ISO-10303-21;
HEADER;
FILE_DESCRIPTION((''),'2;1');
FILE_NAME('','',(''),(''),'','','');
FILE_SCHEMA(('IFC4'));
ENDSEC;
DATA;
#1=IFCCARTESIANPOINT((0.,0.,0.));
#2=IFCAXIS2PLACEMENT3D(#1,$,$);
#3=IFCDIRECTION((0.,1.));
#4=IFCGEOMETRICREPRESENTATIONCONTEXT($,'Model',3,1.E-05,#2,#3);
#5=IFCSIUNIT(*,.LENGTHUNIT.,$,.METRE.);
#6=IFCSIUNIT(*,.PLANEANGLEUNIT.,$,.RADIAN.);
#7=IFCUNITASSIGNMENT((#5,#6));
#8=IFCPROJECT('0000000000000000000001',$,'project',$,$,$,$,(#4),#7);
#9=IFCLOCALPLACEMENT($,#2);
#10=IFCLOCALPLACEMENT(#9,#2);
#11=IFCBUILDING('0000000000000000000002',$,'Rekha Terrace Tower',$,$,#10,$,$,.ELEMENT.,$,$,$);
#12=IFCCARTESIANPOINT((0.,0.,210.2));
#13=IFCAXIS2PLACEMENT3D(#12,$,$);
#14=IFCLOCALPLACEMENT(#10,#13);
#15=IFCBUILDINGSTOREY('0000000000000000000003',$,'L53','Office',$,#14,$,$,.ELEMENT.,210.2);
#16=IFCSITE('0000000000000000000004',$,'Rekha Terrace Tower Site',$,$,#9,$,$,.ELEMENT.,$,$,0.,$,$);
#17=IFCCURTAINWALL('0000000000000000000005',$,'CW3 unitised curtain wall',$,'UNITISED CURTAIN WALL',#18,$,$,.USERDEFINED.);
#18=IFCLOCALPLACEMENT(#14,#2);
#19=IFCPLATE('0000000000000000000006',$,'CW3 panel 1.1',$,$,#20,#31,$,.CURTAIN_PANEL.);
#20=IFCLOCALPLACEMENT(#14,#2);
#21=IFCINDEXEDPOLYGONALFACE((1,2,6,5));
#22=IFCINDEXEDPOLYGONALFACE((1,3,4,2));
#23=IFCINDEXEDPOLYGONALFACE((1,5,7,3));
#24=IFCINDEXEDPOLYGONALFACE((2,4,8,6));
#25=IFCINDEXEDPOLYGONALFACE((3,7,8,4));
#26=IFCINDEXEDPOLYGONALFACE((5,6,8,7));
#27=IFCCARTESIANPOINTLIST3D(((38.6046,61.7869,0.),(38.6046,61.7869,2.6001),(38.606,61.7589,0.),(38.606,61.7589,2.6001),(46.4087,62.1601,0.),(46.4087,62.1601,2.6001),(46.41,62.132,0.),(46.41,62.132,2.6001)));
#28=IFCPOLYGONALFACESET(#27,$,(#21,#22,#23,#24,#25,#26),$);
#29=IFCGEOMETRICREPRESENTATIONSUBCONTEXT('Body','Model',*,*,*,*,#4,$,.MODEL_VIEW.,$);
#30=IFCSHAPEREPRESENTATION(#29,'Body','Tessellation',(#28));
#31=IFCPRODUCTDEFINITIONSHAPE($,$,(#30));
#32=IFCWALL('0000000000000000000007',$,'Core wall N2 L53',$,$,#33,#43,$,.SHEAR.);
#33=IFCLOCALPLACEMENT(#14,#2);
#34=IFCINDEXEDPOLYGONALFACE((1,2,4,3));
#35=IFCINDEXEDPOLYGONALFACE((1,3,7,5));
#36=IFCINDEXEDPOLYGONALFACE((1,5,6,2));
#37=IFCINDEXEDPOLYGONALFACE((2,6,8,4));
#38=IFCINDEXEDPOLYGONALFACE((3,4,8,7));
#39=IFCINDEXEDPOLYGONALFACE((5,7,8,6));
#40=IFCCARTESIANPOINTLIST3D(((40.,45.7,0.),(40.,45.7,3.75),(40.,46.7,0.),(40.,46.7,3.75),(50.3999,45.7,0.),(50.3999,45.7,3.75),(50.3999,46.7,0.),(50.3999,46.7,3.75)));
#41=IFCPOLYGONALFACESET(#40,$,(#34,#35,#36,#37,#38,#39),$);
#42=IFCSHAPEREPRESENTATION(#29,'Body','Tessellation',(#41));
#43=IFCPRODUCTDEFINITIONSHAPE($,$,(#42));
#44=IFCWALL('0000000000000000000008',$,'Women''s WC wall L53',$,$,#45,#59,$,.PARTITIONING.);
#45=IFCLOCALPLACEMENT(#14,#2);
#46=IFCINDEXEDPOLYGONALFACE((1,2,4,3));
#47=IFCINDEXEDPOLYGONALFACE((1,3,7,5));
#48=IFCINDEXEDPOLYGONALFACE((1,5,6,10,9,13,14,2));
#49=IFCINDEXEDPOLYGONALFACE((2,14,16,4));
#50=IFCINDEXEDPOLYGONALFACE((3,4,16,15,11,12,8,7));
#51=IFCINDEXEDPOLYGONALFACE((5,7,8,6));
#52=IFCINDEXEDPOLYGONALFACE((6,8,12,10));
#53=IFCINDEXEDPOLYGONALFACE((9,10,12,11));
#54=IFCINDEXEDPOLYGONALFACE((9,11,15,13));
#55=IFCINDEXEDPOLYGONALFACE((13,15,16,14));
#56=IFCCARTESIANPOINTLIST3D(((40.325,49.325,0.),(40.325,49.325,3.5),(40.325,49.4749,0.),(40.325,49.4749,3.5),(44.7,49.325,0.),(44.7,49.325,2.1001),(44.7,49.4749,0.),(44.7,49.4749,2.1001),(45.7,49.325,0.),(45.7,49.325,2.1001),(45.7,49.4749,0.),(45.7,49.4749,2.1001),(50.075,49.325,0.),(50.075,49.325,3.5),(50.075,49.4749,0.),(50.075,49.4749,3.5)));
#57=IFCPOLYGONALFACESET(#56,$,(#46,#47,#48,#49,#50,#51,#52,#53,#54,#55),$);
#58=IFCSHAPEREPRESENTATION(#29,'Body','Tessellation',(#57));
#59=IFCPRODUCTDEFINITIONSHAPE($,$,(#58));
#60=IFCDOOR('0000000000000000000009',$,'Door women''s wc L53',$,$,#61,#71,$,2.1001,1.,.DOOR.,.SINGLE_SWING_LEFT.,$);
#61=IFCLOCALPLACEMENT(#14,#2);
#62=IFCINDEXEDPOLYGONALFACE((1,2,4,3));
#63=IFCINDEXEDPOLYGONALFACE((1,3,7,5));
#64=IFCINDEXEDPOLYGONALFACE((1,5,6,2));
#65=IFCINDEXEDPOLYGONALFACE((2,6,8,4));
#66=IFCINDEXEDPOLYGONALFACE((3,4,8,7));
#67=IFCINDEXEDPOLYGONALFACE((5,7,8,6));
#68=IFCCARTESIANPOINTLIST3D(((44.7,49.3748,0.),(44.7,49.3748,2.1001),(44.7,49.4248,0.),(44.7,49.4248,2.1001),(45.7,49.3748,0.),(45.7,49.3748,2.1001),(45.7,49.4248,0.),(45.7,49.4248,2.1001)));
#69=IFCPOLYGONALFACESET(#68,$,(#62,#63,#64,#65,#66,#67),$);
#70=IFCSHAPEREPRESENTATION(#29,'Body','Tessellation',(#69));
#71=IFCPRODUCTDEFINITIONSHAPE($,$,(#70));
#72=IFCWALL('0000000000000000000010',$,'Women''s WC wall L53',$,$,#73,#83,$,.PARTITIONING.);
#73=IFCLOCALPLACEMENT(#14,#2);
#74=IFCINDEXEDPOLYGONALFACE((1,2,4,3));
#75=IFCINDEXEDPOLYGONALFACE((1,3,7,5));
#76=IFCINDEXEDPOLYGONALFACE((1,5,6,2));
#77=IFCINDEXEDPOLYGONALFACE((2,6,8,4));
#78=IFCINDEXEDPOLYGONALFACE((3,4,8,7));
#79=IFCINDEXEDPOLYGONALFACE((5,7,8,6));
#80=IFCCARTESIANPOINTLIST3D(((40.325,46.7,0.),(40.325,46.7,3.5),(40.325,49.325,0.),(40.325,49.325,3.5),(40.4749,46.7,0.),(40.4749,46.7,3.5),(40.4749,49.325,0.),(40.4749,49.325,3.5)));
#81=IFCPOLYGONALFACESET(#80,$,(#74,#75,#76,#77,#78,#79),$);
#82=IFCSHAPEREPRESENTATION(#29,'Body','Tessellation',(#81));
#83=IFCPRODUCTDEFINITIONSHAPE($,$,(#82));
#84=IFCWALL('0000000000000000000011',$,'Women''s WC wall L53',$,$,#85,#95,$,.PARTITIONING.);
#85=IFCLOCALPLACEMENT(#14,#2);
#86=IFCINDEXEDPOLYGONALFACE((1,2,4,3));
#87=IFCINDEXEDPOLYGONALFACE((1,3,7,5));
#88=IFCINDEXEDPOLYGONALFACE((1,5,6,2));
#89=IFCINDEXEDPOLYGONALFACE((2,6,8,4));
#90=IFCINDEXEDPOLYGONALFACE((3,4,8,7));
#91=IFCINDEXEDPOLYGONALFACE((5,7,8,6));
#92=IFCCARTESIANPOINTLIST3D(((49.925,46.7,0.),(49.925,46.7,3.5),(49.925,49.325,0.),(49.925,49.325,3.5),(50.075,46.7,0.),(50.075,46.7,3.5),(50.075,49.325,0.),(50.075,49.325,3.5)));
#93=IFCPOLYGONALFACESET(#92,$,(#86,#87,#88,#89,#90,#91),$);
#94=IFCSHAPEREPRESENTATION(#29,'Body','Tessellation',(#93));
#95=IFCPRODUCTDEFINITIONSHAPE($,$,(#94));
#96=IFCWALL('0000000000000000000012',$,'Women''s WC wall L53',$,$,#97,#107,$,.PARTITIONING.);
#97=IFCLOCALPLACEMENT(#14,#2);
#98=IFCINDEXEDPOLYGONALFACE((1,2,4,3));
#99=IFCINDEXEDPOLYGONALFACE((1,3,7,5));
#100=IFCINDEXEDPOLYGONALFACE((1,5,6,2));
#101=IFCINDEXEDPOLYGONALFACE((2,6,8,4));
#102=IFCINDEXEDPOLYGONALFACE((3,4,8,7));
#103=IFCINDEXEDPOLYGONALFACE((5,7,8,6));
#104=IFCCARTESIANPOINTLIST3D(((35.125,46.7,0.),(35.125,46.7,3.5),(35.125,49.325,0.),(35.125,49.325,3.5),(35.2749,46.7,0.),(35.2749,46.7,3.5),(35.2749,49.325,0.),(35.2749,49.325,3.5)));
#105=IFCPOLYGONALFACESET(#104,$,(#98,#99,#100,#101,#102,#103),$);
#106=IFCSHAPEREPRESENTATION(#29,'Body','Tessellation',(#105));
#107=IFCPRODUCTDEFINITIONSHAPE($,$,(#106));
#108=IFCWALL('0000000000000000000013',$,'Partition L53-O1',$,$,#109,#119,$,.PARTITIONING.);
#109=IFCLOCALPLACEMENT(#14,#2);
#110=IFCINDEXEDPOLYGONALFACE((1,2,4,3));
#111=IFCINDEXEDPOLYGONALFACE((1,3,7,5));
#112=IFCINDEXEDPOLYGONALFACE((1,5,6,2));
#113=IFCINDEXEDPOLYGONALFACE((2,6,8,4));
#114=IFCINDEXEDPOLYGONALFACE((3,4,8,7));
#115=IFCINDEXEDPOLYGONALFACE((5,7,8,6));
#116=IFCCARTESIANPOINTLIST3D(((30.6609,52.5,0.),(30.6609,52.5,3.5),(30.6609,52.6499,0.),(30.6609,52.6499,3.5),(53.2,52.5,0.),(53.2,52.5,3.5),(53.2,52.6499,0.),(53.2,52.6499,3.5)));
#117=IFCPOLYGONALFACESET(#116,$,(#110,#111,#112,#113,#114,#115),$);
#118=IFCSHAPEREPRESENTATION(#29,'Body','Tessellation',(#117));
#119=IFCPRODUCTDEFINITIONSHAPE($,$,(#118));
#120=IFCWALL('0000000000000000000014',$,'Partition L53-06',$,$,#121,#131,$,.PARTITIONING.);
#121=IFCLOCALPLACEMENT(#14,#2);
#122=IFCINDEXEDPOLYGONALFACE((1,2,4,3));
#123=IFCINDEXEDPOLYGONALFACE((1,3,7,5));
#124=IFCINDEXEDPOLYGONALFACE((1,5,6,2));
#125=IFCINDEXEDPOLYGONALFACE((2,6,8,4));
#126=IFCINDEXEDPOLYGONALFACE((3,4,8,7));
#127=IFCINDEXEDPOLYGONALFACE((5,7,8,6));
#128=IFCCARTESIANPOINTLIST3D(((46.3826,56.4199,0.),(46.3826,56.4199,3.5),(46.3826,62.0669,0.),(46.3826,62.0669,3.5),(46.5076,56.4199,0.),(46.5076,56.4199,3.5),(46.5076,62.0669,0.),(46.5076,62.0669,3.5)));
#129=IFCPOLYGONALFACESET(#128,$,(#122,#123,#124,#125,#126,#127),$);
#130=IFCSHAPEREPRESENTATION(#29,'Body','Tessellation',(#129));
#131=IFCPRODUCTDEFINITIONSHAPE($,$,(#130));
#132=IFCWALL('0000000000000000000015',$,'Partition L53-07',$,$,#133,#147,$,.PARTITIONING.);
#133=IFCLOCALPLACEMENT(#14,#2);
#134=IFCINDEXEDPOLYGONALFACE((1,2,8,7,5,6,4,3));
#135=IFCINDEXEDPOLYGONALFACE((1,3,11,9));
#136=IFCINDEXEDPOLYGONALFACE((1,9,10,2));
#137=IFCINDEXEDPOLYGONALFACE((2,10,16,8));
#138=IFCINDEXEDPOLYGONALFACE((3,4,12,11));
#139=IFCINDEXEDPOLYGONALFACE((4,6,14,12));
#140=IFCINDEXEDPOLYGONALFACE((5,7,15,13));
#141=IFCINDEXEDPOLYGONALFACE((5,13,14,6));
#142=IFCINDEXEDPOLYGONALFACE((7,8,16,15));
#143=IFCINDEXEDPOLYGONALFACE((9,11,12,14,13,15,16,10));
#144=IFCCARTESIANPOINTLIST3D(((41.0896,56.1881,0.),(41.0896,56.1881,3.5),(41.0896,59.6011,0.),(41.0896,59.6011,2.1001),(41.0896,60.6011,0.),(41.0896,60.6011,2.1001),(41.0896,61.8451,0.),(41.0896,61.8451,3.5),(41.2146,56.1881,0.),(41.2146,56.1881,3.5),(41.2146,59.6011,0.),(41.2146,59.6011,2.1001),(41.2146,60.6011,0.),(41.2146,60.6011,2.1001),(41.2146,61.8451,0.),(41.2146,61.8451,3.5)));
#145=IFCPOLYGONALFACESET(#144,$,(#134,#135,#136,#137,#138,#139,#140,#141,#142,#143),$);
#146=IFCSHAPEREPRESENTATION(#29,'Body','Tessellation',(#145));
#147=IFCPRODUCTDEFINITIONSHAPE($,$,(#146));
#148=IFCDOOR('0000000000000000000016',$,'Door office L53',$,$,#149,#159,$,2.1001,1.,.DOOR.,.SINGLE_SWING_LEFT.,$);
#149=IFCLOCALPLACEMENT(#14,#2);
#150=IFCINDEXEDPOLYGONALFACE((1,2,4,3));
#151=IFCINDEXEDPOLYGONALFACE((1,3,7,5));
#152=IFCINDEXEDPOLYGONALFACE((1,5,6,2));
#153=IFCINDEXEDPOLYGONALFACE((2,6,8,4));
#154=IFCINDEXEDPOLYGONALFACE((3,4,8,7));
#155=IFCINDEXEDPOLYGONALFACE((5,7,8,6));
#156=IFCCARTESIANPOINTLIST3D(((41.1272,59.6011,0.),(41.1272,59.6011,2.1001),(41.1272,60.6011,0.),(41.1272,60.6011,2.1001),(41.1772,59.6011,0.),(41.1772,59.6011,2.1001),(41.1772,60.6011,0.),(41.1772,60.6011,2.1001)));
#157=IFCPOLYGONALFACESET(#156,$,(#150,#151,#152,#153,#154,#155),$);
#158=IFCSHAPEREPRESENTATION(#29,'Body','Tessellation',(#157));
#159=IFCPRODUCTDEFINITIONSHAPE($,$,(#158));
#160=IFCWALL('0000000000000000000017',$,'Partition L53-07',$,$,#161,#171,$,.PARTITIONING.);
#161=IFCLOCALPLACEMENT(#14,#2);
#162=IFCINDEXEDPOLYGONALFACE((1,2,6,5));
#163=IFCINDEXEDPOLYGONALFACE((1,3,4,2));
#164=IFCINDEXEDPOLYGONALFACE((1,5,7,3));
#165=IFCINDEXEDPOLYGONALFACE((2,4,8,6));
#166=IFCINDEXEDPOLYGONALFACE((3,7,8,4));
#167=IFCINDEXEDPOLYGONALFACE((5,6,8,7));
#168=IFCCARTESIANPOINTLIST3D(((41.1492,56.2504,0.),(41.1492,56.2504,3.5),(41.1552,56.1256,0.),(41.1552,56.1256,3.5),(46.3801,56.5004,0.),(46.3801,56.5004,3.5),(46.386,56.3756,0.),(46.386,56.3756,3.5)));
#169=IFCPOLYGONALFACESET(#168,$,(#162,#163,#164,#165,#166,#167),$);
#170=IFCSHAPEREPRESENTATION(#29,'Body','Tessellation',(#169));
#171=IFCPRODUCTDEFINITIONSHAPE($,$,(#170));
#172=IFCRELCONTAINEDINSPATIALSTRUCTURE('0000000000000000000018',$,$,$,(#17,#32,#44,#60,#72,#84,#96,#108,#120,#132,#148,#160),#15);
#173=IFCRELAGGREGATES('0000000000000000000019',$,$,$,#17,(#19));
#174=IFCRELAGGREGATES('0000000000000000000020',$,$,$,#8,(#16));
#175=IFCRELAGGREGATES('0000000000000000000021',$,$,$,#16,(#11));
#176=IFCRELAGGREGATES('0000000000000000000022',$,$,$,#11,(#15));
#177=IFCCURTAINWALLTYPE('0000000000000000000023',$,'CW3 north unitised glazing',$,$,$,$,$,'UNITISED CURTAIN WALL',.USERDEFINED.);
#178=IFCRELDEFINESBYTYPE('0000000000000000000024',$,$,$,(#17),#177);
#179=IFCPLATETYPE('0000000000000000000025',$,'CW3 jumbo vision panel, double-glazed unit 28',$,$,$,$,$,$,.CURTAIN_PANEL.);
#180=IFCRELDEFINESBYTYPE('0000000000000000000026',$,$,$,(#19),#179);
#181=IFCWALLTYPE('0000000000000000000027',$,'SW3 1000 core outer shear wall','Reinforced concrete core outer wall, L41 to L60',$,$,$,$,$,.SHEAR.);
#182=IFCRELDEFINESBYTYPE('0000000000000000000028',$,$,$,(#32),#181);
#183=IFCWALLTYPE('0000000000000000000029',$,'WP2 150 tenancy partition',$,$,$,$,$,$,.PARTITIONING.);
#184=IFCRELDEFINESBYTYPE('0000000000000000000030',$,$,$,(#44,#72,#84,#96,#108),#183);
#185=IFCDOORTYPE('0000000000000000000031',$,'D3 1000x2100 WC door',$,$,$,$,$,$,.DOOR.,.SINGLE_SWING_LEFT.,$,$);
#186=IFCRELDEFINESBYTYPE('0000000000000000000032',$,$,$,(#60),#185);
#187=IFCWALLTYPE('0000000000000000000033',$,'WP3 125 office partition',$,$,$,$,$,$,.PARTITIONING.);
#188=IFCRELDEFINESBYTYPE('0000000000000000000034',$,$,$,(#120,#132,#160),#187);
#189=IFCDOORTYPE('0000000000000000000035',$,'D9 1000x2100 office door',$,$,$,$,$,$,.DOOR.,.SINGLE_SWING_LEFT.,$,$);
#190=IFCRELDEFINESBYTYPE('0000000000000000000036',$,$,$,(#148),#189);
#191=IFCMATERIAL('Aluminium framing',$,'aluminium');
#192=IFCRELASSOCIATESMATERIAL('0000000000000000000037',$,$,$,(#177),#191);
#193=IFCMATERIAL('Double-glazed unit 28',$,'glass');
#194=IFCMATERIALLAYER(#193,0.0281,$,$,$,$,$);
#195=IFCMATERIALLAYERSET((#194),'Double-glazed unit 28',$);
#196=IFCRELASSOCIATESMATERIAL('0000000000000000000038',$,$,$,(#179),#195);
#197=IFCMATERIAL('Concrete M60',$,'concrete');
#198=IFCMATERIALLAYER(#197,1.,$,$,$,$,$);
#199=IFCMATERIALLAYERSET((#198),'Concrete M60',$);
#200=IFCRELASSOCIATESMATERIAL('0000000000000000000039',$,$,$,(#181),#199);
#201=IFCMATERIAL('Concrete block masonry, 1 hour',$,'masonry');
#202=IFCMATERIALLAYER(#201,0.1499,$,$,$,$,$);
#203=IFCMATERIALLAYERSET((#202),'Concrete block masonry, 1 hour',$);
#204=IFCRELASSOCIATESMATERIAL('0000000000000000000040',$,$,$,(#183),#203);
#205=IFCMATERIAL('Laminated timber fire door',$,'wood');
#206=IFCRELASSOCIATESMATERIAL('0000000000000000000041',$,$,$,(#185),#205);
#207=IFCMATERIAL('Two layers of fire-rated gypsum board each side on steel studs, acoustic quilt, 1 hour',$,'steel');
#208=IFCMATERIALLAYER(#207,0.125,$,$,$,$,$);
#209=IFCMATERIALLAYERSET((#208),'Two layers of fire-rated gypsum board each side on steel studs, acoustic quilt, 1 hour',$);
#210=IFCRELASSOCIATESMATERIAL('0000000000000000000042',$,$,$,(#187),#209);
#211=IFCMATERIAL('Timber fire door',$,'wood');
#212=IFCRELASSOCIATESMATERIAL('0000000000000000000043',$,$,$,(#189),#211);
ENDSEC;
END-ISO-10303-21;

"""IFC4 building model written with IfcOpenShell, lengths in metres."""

from ifc_helpers import new_model, si_unit, direction, frame, frame_2d, origin, origin_2d, place, context, subcontext, project, spatial, rectangle, extrude, material, layer, layer_set, type_object, element, fill, aggregate, save


model = new_model("IFC4")

# Units and contexts
model_context = context("Model", 3, precision=1e-05, world=origin(), true_north=direction((0.0, 1.0)))
body_context = subcontext(model_context, "Body", "Model", "MODEL_VIEW")
ifc_project = project(units=[si_unit("LENGTHUNIT", "METRE"), si_unit("PLANEANGLEUNIT", "RADIAN")], contexts=[model_context])

# Site, building, storey
site_placement = place(None, origin())
site = spatial("IfcSite", under=ifc_project, at=site_placement, Name="Rekha Terrace Tower Site", CompositionType="ELEMENT", RefElevation=0.0)
building_placement = place(site_placement, origin())
building = spatial("IfcBuilding", under=site, at=building_placement, Name="Rekha Terrace Tower", CompositionType="ELEMENT")
storey_placement = place(building_placement, frame((0.0, 0.0, 210.2)))
storey = spatial("IfcBuildingStorey", under=building, at=storey_placement, Name="L53", Description="Office", CompositionType="ELEMENT", Elevation=210.2)

# Curtain wall
ifc_material_1 = material(Name="Aluminium framing", Category="aluminium")
curtain_wall_type = type_object("IfcCurtainWallType", Name="CW3 north unitised glazing", ElementType="UNITISED CURTAIN WALL", PredefinedType="USERDEFINED", material=ifc_material_1)
curtain_wall_1_placement = place(storey_placement, origin())
curtain_wall_1 = element("IfcCurtainWall", 1, at=curtain_wall_1_placement, inside=storey, type_object=curtain_wall_type, Name="CW3 unitised curtain wall", ObjectType="UNITISED CURTAIN WALL", PredefinedType="USERDEFINED")

# Shared definitions
ifc_material_2 = material(Name="Concrete M60", Category="concrete")

# Plate
ifc_material_3 = material(Name="Double-glazed unit 28", Category="glass")
ifc_layer_1 = layer(ifc_material_3, 0.0281)
ifc_layer_set_1 = layer_set([ifc_layer_1], Name="Double-glazed unit 28")
plate_type = type_object("IfcPlateType", Name="CW3 jumbo vision panel, double-glazed unit 28", PredefinedType="CURTAIN_PANEL", material=ifc_layer_set_1)
plate_1_placement = place(storey_placement, frame((42.5073, 61.9595, 0.0), z_axis=(0.0, 0.0, 1.0), x_axis=(-0.998859, -0.047759, 0.0)))
plate_1 = element("IfcPlate", 2, at=plate_1_placement, type_object=plate_type, Name="CW3 panel 1.1", PredefinedType="CURTAIN_PANEL", context=body_context, shape_type="SweptSolid", body=[
    extrude(rectangle(XDim=7.813, YDim=0.0281, at=origin_2d()), origin(), (0.0, 0.0, 1.0), 2.6001),
])
aggregate(curtain_wall_1, [plate_1])

# Wall
ifc_layer_2 = layer(ifc_material_2, 1.0)
ifc_layer_set_2 = layer_set([ifc_layer_2], Name="Concrete M60")
wall_type_1 = type_object("IfcWallType", Name="SW3 1000 core outer shear wall", Description="Reinforced concrete core outer wall, L41 to L60", PredefinedType="SHEAR", material=ifc_layer_set_2)
wall_1_placement = place(storey_placement, frame((40.0, 46.2, 0.0), z_axis=(0.0, 0.0, 1.0), x_axis=(1.0, 0.0, 0.0)))
element("IfcWall", 3, at=wall_1_placement, inside=storey, type_object=wall_type_1, Name="Core wall N2 L53", PredefinedType="SHEAR", context=body_context, shape_type="SweptSolid", body=[
    extrude(rectangle(XDim=10.3999, YDim=1.0, at=frame_2d((5.2, 0.0))), origin(), (0.0, 0.0, 1.0), 3.75),
])

# Wall, opening, door
ifc_material_4 = material(Name="Concrete block masonry, 1 hour", Category="masonry")
ifc_layer_3 = layer(ifc_material_4, 0.1499)
ifc_layer_set_3 = layer_set([ifc_layer_3], Name="Concrete block masonry, 1 hour")
wall_type_2 = type_object("IfcWallType", Name="WP2 150 tenancy partition", PredefinedType="PARTITIONING", material=ifc_layer_set_3)
wall_2_placement = place(storey_placement, frame((40.325, 49.3999, 0.0), z_axis=(0.0, 0.0, 1.0), x_axis=(1.0, 0.0, 0.0)))
wall_2 = element("IfcWall", 4, at=wall_2_placement, inside=storey, type_object=wall_type_2, Name="Women's WC wall L53", PredefinedType="PARTITIONING", context=body_context, shape_type="SweptSolid", body=[
    extrude(rectangle(XDim=9.75, YDim=0.1499, at=frame_2d((4.875, 0.0))), origin(), (0.0, 0.0, 1.0), 3.5),
])
opening_1_placement = place(wall_2_placement, frame((4.375, 0.0, 0.0)))
opening_1 = element("IfcOpeningElement", 5, at=opening_1_placement, cuts=wall_2, PredefinedType="OPENING", context=body_context, shape_type="SweptSolid", body=[
    extrude(rectangle(XDim=1.0, YDim=2.1001, at=frame_2d((0.5, 1.05))), frame((0.0, 0.085, 0.0), z_axis=(0.0, -1.0, 0.0), x_axis=(1.0, 0.0, 0.0)), (0.0, 0.0, 1.0), 0.1699),
])
ifc_material_5 = material(Name="Laminated timber fire door", Category="wood")
door_type_1 = type_object("IfcDoorType", Name="D3 1000x2100 WC door", OperationType="SINGLE_SWING_LEFT", PredefinedType="DOOR", material=ifc_material_5)
door_1_placement = place(opening_1_placement, origin())
door_1 = element("IfcDoor", 6, at=door_1_placement, inside=storey, type_object=door_type_1, Name="Door women's wc L53", OperationType="SINGLE_SWING_LEFT", OverallHeight=2.1001, OverallWidth=1.0, PredefinedType="DOOR", context=body_context, shape_type="SweptSolid", body=[
    extrude(rectangle(XDim=1.0, YDim=2.1001, at=frame_2d((0.5, 1.05))), frame((0.0, 0.0249, 0.0), z_axis=(0.0, -1.0, 0.0), x_axis=(1.0, 0.0, 0.0)), (0.0, 0.0, 1.0), 0.05),
])
fill(opening_1, door_1)

# Walls
for number, where, z_axis, x_axis, name in (
    (7, (40.3999, 46.7, 0.0), (0.0, 0.0, 1.0), (0.0, 1.0, 0.0), "Women's WC wall L53"),
    (8, (50.0, 46.7, 0.0), (0.0, 0.0, 1.0), (0.0, 1.0, 0.0), "Women's WC wall L53"),
    (9, (35.2, 46.7, 0.0), (0.0, 0.0, 1.0), (0.0, 1.0, 0.0), "Women's WC wall L53"),
):
    element("IfcWall", number, at=place(storey_placement, frame(where, z_axis=z_axis, x_axis=x_axis)), inside=storey, type_object=wall_type_2, Name=name, PredefinedType="PARTITIONING", context=body_context, shape_type="SweptSolid", body=[
        extrude(rectangle(XDim=2.625, YDim=0.1499, at=frame_2d((1.3125, 0.0))), origin(), (0.0, 0.0, 1.0), 3.5),
    ])
wall_3_placement = place(storey_placement, frame((53.2, 52.575, 0.0), z_axis=(0.0, 0.0, 1.0), x_axis=(-1.0, 0.0, 0.0)))
element("IfcWall", 10, at=wall_3_placement, inside=storey, type_object=wall_type_2, Name="Partition L53-O1", PredefinedType="PARTITIONING", context=body_context, shape_type="SweptSolid", body=[
    extrude(rectangle(XDim=22.5391, YDim=0.1499, at=frame_2d((11.2695, 0.0))), origin(), (0.0, 0.0, 1.0), 3.5),
])
ifc_material_6 = material(Name="Two layers of fire-rated gypsum board each side on steel studs, acoustic quilt, 1 hour", Category="steel")
ifc_layer_4 = layer(ifc_material_6, 0.125)
ifc_layer_set_4 = layer_set([ifc_layer_4], Name="Two layers of fire-rated gypsum board each side on steel studs, acoustic quilt, 1 hour")
wall_type_3 = type_object("IfcWallType", Name="WP3 125 office partition", PredefinedType="PARTITIONING", material=ifc_layer_set_4)
wall_4_placement = place(storey_placement, frame((46.4451, 56.4199, 0.0), z_axis=(0.0, 0.0, 1.0), x_axis=(0.0, 1.0, 0.0)))
element("IfcWall", 11, at=wall_4_placement, inside=storey, type_object=wall_type_3, Name="Partition L53-06", PredefinedType="PARTITIONING", context=body_context, shape_type="SweptSolid", body=[
    extrude(rectangle(XDim=5.647, YDim=0.125, at=frame_2d((2.8235, 0.0))), origin(), (0.0, 0.0, 1.0), 3.5),
])

# Wall, opening, door
wall_5_placement = place(storey_placement, frame((41.1521, 56.188, 0.0), z_axis=(0.0, 0.0, 1.0), x_axis=(0.0, 1.0, 0.0)))
wall_5 = element("IfcWall", 12, at=wall_5_placement, inside=storey, type_object=wall_type_3, Name="Partition L53-07", PredefinedType="PARTITIONING", context=body_context, shape_type="SweptSolid", body=[
    extrude(rectangle(XDim=5.657, YDim=0.125, at=frame_2d((2.8286, 0.0))), origin(), (0.0, 0.0, 1.0), 3.5),
])
opening_2_placement = place(wall_5_placement, frame((3.4131, 0.0, 0.0)))
opening_2 = element("IfcOpeningElement", 13, at=opening_2_placement, cuts=wall_5, PredefinedType="OPENING", context=body_context, shape_type="SweptSolid", body=[
    extrude(rectangle(XDim=1.0, YDim=2.1001, at=frame_2d((0.5, 1.05))), frame((0.0, 0.0725, 0.0), z_axis=(0.0, -1.0, 0.0), x_axis=(1.0, 0.0, 0.0)), (0.0, 0.0, 1.0), 0.145),
])
ifc_material_7 = material(Name="Timber fire door", Category="wood")
door_type_2 = type_object("IfcDoorType", Name="D9 1000x2100 office door", OperationType="SINGLE_SWING_LEFT", PredefinedType="DOOR", material=ifc_material_7)
door_2_placement = place(opening_2_placement, origin())
door_2 = element("IfcDoor", 14, at=door_2_placement, inside=storey, type_object=door_type_2, Name="Door office L53", OperationType="SINGLE_SWING_LEFT", OverallHeight=2.1001, OverallWidth=1.0, PredefinedType="DOOR", context=body_context, shape_type="SweptSolid", body=[
    extrude(rectangle(XDim=1.0, YDim=2.1001, at=frame_2d((0.5, 1.05))), frame((0.0, 0.0249, 0.0), z_axis=(0.0, -1.0, 0.0), x_axis=(1.0, 0.0, 0.0)), (0.0, 0.0, 1.0), 0.05),
])
fill(opening_2, door_2)

# Wall
wall_6_placement = place(storey_placement, frame((46.3831, 56.438, 0.0), z_axis=(0.0, 0.0, 1.0), x_axis=(-0.99886, -0.047738, 0.0)))
element("IfcWall", 15, at=wall_6_placement, inside=storey, type_object=wall_type_3, Name="Partition L53-07", PredefinedType="PARTITIONING", context=body_context, shape_type="SweptSolid", body=[
    extrude(rectangle(XDim=5.2368, YDim=0.125, at=frame_2d((2.6184, 0.0))), origin(), (0.0, 0.0, 1.0), 3.5),
])

save(model, "model.ifc")
